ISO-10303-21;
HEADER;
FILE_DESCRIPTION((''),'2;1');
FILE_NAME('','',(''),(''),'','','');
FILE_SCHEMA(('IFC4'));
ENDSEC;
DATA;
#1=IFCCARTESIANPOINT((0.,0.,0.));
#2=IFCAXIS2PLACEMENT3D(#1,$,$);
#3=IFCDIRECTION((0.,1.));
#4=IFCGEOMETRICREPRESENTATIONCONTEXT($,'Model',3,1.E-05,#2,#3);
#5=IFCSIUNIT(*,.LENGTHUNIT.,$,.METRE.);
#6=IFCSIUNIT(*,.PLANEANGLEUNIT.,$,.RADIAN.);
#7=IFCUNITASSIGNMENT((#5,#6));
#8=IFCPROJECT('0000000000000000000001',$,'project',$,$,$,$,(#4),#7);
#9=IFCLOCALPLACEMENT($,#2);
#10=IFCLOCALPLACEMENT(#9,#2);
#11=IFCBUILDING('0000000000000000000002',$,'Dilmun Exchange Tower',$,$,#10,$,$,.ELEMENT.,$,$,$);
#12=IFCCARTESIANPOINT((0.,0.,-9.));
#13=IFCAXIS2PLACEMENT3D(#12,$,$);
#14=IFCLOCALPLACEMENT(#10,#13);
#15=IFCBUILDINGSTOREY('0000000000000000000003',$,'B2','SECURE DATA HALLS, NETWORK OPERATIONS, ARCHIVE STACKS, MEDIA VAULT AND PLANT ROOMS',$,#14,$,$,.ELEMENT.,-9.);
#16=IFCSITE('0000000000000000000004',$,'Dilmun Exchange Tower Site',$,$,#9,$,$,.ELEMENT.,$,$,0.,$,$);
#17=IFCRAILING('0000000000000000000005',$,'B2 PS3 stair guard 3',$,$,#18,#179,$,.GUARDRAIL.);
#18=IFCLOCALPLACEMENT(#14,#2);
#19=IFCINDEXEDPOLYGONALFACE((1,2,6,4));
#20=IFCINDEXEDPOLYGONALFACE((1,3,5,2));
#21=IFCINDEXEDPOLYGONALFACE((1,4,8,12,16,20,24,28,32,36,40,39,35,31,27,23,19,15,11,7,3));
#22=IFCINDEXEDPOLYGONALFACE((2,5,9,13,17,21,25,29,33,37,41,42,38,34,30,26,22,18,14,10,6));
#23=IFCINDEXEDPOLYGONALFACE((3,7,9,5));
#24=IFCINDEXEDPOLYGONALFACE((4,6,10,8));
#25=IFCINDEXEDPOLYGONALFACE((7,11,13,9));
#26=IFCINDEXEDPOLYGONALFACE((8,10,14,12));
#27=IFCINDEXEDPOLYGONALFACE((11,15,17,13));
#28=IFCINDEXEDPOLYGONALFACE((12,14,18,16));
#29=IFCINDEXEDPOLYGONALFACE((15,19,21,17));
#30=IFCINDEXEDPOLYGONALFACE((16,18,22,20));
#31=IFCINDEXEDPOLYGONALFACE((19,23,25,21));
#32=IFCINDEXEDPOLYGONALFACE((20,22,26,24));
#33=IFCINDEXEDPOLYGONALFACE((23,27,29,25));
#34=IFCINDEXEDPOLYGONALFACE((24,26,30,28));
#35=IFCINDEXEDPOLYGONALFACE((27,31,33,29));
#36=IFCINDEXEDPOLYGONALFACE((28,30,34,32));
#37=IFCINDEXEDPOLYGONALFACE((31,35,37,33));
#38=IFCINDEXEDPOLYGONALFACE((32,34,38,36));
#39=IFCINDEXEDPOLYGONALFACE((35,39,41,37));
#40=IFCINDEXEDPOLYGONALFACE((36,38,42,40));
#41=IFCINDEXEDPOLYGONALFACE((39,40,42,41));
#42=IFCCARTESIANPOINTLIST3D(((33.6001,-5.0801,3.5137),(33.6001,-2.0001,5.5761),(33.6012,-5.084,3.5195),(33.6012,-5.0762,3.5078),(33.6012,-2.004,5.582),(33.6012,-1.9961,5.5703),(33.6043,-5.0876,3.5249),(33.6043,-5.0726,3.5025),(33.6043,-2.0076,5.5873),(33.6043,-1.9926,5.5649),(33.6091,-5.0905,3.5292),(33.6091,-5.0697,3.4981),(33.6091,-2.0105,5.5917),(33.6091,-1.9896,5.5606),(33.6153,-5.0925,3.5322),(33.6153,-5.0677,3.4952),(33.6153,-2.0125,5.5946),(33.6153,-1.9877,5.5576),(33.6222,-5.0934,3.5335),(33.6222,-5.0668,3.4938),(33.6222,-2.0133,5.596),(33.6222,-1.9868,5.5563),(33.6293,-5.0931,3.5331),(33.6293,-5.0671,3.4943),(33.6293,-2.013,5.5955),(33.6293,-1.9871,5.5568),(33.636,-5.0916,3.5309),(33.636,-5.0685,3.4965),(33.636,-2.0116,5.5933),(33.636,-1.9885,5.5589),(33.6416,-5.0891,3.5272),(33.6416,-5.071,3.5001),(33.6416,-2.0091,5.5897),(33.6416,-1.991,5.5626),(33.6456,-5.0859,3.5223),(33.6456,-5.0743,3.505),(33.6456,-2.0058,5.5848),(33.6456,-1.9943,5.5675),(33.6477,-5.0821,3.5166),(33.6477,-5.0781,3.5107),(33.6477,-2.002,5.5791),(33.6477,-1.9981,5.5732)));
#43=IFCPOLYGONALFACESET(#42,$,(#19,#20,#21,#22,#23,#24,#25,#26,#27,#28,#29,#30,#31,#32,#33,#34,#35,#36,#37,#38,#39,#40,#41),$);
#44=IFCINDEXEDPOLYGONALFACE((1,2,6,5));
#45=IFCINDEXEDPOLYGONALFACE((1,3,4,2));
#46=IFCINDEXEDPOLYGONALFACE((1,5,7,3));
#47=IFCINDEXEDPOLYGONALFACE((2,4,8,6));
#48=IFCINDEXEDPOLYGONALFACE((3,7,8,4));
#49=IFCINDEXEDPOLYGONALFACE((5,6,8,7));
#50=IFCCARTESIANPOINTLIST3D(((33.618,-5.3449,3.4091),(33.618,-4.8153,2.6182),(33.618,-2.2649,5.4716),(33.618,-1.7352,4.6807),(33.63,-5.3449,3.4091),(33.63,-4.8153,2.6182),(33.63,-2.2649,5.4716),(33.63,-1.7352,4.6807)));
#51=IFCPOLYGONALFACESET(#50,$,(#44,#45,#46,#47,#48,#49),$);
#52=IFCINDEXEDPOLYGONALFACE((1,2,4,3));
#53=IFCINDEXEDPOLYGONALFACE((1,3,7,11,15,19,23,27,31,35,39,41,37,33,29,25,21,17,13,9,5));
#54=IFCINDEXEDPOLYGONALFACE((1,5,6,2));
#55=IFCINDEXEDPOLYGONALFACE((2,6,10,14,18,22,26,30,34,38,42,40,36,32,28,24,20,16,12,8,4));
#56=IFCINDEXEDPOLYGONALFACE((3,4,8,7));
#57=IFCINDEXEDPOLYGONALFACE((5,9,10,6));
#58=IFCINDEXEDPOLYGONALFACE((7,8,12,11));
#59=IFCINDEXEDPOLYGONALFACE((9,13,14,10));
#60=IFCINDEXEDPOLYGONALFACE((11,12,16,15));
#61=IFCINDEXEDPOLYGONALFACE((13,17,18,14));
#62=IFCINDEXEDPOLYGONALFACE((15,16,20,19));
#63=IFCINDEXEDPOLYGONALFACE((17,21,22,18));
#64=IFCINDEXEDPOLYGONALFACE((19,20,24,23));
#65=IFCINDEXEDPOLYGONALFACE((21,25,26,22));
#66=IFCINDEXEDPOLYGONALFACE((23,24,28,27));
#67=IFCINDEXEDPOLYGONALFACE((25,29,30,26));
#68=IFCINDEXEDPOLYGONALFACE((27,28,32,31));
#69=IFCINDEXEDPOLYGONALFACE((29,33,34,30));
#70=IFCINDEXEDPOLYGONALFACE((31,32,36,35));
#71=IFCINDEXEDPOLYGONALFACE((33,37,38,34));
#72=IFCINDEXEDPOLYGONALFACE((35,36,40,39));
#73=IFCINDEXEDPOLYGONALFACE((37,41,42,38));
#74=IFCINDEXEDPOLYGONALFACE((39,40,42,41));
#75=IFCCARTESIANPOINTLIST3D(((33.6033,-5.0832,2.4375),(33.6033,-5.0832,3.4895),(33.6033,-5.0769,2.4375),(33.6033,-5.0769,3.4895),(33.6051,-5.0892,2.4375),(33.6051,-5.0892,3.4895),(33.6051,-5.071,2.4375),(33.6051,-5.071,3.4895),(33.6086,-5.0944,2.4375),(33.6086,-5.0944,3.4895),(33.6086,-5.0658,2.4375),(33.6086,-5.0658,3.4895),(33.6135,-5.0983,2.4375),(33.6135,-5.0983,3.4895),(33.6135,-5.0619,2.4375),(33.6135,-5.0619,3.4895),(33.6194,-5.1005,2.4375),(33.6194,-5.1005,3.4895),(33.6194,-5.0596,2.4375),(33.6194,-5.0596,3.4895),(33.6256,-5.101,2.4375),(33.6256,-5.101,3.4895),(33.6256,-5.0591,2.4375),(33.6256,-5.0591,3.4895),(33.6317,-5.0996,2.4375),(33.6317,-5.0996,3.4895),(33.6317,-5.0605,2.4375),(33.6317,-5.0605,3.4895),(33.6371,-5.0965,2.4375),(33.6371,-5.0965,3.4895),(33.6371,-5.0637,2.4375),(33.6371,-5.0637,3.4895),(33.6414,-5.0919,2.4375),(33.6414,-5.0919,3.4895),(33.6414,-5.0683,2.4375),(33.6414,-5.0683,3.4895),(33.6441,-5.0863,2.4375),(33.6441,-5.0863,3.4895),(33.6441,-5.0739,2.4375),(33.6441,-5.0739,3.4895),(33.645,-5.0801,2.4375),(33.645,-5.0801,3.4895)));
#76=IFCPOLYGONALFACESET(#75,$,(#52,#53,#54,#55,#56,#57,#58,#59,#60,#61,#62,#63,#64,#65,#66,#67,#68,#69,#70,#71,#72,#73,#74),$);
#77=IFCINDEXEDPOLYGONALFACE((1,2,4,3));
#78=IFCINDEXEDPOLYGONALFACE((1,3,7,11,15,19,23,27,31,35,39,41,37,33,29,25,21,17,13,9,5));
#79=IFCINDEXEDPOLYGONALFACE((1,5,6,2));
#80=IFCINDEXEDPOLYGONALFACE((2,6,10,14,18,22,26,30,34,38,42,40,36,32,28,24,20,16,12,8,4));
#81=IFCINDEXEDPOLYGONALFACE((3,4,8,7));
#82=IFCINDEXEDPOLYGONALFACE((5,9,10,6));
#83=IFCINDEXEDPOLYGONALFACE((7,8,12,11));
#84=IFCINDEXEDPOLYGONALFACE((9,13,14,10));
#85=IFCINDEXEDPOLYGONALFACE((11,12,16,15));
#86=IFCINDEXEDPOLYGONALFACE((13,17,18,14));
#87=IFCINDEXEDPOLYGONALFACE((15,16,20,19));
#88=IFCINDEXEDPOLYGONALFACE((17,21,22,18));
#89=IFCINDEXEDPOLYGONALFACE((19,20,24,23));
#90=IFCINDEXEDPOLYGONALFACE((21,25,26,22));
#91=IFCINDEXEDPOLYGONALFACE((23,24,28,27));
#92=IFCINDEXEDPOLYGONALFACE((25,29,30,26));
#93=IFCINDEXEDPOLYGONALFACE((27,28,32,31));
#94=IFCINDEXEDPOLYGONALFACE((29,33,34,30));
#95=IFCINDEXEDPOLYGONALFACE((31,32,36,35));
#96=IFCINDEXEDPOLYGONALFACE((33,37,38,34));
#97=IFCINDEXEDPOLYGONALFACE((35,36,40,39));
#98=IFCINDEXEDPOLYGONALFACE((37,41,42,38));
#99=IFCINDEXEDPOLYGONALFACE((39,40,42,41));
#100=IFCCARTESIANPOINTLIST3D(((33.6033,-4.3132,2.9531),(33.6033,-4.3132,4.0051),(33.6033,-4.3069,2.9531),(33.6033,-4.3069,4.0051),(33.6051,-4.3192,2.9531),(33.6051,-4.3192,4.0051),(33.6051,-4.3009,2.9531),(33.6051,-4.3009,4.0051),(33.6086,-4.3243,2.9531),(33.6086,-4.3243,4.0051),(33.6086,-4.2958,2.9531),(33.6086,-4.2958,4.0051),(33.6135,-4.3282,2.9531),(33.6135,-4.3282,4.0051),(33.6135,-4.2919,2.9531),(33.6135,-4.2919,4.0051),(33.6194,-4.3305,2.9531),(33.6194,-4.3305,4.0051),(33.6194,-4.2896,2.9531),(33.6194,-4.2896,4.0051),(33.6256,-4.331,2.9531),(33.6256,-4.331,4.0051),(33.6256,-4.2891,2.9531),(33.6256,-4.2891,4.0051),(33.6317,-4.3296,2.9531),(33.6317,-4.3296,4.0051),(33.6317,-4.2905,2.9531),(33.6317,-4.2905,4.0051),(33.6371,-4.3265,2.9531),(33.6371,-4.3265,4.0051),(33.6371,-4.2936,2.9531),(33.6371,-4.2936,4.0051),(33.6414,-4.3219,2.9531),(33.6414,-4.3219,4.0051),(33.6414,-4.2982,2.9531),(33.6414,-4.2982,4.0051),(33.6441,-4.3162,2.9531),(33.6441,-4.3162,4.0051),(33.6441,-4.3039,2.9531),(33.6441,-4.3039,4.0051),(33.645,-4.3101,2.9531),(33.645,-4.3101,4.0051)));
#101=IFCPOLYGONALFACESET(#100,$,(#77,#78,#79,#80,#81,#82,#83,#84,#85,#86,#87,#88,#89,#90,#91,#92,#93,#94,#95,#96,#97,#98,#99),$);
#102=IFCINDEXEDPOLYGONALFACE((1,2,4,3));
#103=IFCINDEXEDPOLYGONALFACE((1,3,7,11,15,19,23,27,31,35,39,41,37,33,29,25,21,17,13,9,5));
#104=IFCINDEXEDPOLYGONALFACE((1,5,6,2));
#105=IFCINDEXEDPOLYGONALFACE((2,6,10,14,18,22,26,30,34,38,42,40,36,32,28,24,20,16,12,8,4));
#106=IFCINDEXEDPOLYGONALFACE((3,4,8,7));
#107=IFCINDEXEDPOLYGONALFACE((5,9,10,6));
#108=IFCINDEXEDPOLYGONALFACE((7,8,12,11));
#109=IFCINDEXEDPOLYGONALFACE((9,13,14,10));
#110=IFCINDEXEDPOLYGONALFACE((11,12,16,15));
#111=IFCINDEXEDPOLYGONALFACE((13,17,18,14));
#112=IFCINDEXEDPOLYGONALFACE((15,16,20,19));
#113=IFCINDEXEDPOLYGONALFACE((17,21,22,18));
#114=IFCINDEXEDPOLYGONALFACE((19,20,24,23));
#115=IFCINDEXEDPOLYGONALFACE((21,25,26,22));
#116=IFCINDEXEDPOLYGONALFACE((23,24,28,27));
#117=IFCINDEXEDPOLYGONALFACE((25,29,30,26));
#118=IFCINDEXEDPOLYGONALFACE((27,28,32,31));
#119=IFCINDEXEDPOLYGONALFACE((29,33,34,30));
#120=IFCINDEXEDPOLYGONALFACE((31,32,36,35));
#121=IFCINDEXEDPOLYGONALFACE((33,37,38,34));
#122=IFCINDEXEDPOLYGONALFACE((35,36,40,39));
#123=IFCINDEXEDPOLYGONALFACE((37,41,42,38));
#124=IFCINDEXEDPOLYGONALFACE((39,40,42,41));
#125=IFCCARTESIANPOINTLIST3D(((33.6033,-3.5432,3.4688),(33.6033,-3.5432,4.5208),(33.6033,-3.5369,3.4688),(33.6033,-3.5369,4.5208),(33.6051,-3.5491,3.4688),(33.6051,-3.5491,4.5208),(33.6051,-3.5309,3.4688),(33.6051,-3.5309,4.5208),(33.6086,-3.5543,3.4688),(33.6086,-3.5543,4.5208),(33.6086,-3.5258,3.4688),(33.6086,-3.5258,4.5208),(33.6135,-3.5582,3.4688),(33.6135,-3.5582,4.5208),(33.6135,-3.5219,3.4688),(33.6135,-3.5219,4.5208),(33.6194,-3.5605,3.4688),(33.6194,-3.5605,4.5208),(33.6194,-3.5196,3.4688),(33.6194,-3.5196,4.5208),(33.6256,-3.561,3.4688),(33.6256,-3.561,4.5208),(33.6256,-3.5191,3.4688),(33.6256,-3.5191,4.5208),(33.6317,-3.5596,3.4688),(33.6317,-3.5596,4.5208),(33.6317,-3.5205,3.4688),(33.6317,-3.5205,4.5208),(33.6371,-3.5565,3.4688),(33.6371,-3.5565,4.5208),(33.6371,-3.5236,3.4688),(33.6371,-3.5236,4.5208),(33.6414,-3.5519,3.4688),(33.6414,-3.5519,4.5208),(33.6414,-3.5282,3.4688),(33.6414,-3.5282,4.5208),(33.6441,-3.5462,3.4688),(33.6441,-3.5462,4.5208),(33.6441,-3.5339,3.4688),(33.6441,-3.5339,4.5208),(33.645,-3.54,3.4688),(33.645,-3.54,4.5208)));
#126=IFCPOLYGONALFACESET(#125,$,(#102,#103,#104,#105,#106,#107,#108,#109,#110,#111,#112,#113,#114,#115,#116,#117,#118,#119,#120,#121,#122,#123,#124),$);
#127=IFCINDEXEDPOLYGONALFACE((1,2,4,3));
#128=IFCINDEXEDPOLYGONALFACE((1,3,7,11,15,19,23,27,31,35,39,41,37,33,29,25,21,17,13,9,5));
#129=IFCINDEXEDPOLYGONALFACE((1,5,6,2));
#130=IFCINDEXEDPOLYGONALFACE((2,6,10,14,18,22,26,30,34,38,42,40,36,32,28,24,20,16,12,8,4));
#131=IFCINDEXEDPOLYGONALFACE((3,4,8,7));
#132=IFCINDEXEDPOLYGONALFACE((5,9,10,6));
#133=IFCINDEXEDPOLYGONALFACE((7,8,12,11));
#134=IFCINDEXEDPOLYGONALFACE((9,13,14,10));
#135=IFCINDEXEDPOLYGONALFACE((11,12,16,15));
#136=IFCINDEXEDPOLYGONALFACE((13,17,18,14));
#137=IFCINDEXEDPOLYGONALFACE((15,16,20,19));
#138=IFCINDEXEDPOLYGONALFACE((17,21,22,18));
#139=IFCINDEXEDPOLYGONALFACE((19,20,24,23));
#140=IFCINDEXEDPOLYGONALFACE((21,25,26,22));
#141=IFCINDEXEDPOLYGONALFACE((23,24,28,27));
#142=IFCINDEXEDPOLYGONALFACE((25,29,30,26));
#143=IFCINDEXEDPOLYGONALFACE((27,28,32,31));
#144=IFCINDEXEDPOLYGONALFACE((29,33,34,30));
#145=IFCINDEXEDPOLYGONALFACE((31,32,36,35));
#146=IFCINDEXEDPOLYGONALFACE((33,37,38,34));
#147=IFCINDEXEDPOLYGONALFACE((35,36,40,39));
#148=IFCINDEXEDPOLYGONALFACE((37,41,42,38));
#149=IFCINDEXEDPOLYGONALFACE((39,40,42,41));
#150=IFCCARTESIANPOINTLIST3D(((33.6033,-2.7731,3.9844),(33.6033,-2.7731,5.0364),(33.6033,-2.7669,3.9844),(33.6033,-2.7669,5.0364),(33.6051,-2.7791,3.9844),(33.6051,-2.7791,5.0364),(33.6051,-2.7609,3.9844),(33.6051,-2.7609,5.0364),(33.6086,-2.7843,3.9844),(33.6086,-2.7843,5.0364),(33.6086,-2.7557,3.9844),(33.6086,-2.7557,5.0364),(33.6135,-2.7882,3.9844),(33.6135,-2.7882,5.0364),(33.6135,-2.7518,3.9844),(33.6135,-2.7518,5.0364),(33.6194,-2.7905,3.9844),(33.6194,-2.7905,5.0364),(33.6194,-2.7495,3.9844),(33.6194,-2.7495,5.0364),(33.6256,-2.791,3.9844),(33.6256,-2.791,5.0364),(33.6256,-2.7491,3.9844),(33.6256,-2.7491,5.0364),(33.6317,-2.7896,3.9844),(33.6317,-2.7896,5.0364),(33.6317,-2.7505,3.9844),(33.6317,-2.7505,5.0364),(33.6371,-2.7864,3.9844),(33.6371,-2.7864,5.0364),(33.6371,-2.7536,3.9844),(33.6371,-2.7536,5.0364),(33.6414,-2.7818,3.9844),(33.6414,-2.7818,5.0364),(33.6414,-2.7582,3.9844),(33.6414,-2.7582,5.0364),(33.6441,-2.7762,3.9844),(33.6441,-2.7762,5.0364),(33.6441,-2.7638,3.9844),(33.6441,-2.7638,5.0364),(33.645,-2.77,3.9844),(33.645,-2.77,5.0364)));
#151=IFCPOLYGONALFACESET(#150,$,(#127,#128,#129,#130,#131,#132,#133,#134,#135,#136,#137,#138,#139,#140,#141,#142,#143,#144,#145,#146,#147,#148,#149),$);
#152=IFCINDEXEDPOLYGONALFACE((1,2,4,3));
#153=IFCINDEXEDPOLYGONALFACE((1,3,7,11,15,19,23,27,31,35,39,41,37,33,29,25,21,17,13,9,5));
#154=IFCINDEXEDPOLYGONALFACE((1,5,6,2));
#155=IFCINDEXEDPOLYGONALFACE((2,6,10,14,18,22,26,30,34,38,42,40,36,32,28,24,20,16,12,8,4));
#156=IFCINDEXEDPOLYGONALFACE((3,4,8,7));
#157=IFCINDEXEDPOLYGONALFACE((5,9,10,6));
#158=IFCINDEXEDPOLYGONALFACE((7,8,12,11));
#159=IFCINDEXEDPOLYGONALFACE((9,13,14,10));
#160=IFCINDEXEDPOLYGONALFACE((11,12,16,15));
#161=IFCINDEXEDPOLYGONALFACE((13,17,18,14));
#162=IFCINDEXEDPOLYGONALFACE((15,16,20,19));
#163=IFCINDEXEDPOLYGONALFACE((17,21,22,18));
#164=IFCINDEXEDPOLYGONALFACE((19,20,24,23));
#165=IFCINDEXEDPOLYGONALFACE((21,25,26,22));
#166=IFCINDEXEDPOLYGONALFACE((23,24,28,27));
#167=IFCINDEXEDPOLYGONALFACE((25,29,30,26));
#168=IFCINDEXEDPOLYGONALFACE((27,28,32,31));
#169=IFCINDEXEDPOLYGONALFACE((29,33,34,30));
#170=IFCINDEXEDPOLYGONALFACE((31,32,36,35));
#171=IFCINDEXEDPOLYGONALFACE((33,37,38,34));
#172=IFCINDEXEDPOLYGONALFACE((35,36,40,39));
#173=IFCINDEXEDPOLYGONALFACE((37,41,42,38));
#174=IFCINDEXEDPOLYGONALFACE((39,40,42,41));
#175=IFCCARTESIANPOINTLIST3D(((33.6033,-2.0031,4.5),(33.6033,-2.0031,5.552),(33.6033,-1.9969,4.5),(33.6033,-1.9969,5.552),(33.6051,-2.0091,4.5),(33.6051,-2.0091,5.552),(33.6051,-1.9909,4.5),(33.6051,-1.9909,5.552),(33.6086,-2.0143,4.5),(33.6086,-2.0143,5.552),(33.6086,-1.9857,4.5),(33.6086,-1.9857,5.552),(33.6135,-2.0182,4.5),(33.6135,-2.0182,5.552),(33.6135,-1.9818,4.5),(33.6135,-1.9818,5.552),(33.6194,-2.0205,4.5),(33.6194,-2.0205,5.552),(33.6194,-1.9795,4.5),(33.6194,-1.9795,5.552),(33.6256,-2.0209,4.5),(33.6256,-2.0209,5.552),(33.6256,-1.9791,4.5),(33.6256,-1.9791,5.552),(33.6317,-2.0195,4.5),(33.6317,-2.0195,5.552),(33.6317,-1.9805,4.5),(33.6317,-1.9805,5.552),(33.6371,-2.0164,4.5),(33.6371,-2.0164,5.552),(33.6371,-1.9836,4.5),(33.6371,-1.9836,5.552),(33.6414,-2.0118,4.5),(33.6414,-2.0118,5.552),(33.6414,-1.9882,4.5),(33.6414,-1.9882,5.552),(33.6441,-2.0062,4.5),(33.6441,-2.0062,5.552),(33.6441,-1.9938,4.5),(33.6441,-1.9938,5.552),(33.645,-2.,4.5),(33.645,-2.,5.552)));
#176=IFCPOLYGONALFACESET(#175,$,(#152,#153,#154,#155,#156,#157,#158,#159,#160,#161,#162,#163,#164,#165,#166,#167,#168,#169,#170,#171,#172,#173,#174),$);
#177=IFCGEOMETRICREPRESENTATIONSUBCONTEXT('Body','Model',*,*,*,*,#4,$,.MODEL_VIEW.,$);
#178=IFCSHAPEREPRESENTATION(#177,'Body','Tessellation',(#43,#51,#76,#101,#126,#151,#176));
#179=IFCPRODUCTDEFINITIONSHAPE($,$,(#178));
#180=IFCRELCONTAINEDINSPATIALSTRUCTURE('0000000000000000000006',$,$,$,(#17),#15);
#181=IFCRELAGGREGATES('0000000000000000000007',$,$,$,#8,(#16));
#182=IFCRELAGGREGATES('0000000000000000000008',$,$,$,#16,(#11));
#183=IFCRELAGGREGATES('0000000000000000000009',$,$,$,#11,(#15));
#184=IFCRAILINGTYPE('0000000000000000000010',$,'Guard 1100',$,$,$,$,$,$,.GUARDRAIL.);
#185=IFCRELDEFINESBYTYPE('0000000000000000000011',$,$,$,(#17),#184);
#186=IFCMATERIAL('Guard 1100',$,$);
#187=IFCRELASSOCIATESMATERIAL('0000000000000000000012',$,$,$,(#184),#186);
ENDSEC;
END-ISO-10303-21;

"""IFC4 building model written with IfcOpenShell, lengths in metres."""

from ifc_helpers import new_model, si_unit, direction, frame, origin, origin_2d, place, context, subcontext, project, spatial, rectangle, circle, extrude, material, type_object, element, save


model = new_model("IFC4")

# Units and contexts
model_context = context("Model", 3, precision=1e-05, world=origin(), true_north=direction((0.0, 1.0)))
body_context = subcontext(model_context, "Body", "Model", "MODEL_VIEW")
ifc_project = project(units=[si_unit("LENGTHUNIT", "METRE"), si_unit("PLANEANGLEUNIT", "RADIAN")], contexts=[model_context])

# Site, building, storey
site_placement = place(None, origin())
site = spatial("IfcSite", under=ifc_project, at=site_placement, Name="Dilmun Exchange Tower Site", CompositionType="ELEMENT", RefElevation=0.0)
building_placement = place(site_placement, origin())
building = spatial("IfcBuilding", under=site, at=building_placement, Name="Dilmun Exchange Tower", CompositionType="ELEMENT")
storey_placement = place(building_placement, frame((0.0, 0.0, -9.0)))
storey = spatial("IfcBuildingStorey", under=building, at=storey_placement, Name="B2", Description="SECURE DATA HALLS, NETWORK OPERATIONS, ARCHIVE STACKS, MEDIA VAULT AND PLANT ROOMS", CompositionType="ELEMENT", Elevation=-9.0)

# Railing
ifc_material_1 = material(Name="Guard 1100")
railing_type_1 = type_object("IfcRailingType", Name="Guard 1100", PredefinedType="GUARDRAIL", material=ifc_material_1)
railing_1_placement = place(storey_placement, frame((33.624, -5.0801, 2.4375)))
element("IfcRailing", 1, at=railing_1_placement, inside=storey, type_object=railing_type_1, Name="B2 PS3 stair guard 3", PredefinedType="GUARDRAIL", context=body_context, shape_type="SweptSolid", body=[
    extrude(circle(Radius=0.0239, at=origin_2d()), frame((0.0, 0.0, 1.0762), z_axis=(0.0, 0.830914, 0.556401), x_axis=(-1.0, 0.0, 0.0)), (0.0, 0.0, 1.0), 3.7068),
    extrude(rectangle(XDim=0.012, YDim=0.9519, at=origin_2d()), frame((0.0, 0.0, 0.5762), z_axis=(0.0, 0.830914, 0.556401), x_axis=(-1.0, 0.0, 0.0)), (0.0, 0.0, 1.0), 3.7068),
    extrude(circle(Radius=0.021, at=origin_2d()), origin(), (0.0, 0.0, 1.0), 1.052),
    extrude(circle(Radius=0.021, at=origin_2d()), frame((0.0, 0.77, 0.5156)), (0.0, 0.0, 1.0), 1.052),
    extrude(circle(Radius=0.021, at=origin_2d()), frame((0.0, 1.54, 1.0312)), (0.0, 0.0, 1.0), 1.052),
    extrude(circle(Radius=0.021, at=origin_2d()), frame((0.0, 2.3101, 1.5469)), (0.0, 0.0, 1.0), 1.052),
    extrude(circle(Radius=0.021, at=origin_2d()), frame((0.0, 3.0801, 2.0625)), (0.0, 0.0, 1.0), 1.052),
])

save(model, "model.ifc")
